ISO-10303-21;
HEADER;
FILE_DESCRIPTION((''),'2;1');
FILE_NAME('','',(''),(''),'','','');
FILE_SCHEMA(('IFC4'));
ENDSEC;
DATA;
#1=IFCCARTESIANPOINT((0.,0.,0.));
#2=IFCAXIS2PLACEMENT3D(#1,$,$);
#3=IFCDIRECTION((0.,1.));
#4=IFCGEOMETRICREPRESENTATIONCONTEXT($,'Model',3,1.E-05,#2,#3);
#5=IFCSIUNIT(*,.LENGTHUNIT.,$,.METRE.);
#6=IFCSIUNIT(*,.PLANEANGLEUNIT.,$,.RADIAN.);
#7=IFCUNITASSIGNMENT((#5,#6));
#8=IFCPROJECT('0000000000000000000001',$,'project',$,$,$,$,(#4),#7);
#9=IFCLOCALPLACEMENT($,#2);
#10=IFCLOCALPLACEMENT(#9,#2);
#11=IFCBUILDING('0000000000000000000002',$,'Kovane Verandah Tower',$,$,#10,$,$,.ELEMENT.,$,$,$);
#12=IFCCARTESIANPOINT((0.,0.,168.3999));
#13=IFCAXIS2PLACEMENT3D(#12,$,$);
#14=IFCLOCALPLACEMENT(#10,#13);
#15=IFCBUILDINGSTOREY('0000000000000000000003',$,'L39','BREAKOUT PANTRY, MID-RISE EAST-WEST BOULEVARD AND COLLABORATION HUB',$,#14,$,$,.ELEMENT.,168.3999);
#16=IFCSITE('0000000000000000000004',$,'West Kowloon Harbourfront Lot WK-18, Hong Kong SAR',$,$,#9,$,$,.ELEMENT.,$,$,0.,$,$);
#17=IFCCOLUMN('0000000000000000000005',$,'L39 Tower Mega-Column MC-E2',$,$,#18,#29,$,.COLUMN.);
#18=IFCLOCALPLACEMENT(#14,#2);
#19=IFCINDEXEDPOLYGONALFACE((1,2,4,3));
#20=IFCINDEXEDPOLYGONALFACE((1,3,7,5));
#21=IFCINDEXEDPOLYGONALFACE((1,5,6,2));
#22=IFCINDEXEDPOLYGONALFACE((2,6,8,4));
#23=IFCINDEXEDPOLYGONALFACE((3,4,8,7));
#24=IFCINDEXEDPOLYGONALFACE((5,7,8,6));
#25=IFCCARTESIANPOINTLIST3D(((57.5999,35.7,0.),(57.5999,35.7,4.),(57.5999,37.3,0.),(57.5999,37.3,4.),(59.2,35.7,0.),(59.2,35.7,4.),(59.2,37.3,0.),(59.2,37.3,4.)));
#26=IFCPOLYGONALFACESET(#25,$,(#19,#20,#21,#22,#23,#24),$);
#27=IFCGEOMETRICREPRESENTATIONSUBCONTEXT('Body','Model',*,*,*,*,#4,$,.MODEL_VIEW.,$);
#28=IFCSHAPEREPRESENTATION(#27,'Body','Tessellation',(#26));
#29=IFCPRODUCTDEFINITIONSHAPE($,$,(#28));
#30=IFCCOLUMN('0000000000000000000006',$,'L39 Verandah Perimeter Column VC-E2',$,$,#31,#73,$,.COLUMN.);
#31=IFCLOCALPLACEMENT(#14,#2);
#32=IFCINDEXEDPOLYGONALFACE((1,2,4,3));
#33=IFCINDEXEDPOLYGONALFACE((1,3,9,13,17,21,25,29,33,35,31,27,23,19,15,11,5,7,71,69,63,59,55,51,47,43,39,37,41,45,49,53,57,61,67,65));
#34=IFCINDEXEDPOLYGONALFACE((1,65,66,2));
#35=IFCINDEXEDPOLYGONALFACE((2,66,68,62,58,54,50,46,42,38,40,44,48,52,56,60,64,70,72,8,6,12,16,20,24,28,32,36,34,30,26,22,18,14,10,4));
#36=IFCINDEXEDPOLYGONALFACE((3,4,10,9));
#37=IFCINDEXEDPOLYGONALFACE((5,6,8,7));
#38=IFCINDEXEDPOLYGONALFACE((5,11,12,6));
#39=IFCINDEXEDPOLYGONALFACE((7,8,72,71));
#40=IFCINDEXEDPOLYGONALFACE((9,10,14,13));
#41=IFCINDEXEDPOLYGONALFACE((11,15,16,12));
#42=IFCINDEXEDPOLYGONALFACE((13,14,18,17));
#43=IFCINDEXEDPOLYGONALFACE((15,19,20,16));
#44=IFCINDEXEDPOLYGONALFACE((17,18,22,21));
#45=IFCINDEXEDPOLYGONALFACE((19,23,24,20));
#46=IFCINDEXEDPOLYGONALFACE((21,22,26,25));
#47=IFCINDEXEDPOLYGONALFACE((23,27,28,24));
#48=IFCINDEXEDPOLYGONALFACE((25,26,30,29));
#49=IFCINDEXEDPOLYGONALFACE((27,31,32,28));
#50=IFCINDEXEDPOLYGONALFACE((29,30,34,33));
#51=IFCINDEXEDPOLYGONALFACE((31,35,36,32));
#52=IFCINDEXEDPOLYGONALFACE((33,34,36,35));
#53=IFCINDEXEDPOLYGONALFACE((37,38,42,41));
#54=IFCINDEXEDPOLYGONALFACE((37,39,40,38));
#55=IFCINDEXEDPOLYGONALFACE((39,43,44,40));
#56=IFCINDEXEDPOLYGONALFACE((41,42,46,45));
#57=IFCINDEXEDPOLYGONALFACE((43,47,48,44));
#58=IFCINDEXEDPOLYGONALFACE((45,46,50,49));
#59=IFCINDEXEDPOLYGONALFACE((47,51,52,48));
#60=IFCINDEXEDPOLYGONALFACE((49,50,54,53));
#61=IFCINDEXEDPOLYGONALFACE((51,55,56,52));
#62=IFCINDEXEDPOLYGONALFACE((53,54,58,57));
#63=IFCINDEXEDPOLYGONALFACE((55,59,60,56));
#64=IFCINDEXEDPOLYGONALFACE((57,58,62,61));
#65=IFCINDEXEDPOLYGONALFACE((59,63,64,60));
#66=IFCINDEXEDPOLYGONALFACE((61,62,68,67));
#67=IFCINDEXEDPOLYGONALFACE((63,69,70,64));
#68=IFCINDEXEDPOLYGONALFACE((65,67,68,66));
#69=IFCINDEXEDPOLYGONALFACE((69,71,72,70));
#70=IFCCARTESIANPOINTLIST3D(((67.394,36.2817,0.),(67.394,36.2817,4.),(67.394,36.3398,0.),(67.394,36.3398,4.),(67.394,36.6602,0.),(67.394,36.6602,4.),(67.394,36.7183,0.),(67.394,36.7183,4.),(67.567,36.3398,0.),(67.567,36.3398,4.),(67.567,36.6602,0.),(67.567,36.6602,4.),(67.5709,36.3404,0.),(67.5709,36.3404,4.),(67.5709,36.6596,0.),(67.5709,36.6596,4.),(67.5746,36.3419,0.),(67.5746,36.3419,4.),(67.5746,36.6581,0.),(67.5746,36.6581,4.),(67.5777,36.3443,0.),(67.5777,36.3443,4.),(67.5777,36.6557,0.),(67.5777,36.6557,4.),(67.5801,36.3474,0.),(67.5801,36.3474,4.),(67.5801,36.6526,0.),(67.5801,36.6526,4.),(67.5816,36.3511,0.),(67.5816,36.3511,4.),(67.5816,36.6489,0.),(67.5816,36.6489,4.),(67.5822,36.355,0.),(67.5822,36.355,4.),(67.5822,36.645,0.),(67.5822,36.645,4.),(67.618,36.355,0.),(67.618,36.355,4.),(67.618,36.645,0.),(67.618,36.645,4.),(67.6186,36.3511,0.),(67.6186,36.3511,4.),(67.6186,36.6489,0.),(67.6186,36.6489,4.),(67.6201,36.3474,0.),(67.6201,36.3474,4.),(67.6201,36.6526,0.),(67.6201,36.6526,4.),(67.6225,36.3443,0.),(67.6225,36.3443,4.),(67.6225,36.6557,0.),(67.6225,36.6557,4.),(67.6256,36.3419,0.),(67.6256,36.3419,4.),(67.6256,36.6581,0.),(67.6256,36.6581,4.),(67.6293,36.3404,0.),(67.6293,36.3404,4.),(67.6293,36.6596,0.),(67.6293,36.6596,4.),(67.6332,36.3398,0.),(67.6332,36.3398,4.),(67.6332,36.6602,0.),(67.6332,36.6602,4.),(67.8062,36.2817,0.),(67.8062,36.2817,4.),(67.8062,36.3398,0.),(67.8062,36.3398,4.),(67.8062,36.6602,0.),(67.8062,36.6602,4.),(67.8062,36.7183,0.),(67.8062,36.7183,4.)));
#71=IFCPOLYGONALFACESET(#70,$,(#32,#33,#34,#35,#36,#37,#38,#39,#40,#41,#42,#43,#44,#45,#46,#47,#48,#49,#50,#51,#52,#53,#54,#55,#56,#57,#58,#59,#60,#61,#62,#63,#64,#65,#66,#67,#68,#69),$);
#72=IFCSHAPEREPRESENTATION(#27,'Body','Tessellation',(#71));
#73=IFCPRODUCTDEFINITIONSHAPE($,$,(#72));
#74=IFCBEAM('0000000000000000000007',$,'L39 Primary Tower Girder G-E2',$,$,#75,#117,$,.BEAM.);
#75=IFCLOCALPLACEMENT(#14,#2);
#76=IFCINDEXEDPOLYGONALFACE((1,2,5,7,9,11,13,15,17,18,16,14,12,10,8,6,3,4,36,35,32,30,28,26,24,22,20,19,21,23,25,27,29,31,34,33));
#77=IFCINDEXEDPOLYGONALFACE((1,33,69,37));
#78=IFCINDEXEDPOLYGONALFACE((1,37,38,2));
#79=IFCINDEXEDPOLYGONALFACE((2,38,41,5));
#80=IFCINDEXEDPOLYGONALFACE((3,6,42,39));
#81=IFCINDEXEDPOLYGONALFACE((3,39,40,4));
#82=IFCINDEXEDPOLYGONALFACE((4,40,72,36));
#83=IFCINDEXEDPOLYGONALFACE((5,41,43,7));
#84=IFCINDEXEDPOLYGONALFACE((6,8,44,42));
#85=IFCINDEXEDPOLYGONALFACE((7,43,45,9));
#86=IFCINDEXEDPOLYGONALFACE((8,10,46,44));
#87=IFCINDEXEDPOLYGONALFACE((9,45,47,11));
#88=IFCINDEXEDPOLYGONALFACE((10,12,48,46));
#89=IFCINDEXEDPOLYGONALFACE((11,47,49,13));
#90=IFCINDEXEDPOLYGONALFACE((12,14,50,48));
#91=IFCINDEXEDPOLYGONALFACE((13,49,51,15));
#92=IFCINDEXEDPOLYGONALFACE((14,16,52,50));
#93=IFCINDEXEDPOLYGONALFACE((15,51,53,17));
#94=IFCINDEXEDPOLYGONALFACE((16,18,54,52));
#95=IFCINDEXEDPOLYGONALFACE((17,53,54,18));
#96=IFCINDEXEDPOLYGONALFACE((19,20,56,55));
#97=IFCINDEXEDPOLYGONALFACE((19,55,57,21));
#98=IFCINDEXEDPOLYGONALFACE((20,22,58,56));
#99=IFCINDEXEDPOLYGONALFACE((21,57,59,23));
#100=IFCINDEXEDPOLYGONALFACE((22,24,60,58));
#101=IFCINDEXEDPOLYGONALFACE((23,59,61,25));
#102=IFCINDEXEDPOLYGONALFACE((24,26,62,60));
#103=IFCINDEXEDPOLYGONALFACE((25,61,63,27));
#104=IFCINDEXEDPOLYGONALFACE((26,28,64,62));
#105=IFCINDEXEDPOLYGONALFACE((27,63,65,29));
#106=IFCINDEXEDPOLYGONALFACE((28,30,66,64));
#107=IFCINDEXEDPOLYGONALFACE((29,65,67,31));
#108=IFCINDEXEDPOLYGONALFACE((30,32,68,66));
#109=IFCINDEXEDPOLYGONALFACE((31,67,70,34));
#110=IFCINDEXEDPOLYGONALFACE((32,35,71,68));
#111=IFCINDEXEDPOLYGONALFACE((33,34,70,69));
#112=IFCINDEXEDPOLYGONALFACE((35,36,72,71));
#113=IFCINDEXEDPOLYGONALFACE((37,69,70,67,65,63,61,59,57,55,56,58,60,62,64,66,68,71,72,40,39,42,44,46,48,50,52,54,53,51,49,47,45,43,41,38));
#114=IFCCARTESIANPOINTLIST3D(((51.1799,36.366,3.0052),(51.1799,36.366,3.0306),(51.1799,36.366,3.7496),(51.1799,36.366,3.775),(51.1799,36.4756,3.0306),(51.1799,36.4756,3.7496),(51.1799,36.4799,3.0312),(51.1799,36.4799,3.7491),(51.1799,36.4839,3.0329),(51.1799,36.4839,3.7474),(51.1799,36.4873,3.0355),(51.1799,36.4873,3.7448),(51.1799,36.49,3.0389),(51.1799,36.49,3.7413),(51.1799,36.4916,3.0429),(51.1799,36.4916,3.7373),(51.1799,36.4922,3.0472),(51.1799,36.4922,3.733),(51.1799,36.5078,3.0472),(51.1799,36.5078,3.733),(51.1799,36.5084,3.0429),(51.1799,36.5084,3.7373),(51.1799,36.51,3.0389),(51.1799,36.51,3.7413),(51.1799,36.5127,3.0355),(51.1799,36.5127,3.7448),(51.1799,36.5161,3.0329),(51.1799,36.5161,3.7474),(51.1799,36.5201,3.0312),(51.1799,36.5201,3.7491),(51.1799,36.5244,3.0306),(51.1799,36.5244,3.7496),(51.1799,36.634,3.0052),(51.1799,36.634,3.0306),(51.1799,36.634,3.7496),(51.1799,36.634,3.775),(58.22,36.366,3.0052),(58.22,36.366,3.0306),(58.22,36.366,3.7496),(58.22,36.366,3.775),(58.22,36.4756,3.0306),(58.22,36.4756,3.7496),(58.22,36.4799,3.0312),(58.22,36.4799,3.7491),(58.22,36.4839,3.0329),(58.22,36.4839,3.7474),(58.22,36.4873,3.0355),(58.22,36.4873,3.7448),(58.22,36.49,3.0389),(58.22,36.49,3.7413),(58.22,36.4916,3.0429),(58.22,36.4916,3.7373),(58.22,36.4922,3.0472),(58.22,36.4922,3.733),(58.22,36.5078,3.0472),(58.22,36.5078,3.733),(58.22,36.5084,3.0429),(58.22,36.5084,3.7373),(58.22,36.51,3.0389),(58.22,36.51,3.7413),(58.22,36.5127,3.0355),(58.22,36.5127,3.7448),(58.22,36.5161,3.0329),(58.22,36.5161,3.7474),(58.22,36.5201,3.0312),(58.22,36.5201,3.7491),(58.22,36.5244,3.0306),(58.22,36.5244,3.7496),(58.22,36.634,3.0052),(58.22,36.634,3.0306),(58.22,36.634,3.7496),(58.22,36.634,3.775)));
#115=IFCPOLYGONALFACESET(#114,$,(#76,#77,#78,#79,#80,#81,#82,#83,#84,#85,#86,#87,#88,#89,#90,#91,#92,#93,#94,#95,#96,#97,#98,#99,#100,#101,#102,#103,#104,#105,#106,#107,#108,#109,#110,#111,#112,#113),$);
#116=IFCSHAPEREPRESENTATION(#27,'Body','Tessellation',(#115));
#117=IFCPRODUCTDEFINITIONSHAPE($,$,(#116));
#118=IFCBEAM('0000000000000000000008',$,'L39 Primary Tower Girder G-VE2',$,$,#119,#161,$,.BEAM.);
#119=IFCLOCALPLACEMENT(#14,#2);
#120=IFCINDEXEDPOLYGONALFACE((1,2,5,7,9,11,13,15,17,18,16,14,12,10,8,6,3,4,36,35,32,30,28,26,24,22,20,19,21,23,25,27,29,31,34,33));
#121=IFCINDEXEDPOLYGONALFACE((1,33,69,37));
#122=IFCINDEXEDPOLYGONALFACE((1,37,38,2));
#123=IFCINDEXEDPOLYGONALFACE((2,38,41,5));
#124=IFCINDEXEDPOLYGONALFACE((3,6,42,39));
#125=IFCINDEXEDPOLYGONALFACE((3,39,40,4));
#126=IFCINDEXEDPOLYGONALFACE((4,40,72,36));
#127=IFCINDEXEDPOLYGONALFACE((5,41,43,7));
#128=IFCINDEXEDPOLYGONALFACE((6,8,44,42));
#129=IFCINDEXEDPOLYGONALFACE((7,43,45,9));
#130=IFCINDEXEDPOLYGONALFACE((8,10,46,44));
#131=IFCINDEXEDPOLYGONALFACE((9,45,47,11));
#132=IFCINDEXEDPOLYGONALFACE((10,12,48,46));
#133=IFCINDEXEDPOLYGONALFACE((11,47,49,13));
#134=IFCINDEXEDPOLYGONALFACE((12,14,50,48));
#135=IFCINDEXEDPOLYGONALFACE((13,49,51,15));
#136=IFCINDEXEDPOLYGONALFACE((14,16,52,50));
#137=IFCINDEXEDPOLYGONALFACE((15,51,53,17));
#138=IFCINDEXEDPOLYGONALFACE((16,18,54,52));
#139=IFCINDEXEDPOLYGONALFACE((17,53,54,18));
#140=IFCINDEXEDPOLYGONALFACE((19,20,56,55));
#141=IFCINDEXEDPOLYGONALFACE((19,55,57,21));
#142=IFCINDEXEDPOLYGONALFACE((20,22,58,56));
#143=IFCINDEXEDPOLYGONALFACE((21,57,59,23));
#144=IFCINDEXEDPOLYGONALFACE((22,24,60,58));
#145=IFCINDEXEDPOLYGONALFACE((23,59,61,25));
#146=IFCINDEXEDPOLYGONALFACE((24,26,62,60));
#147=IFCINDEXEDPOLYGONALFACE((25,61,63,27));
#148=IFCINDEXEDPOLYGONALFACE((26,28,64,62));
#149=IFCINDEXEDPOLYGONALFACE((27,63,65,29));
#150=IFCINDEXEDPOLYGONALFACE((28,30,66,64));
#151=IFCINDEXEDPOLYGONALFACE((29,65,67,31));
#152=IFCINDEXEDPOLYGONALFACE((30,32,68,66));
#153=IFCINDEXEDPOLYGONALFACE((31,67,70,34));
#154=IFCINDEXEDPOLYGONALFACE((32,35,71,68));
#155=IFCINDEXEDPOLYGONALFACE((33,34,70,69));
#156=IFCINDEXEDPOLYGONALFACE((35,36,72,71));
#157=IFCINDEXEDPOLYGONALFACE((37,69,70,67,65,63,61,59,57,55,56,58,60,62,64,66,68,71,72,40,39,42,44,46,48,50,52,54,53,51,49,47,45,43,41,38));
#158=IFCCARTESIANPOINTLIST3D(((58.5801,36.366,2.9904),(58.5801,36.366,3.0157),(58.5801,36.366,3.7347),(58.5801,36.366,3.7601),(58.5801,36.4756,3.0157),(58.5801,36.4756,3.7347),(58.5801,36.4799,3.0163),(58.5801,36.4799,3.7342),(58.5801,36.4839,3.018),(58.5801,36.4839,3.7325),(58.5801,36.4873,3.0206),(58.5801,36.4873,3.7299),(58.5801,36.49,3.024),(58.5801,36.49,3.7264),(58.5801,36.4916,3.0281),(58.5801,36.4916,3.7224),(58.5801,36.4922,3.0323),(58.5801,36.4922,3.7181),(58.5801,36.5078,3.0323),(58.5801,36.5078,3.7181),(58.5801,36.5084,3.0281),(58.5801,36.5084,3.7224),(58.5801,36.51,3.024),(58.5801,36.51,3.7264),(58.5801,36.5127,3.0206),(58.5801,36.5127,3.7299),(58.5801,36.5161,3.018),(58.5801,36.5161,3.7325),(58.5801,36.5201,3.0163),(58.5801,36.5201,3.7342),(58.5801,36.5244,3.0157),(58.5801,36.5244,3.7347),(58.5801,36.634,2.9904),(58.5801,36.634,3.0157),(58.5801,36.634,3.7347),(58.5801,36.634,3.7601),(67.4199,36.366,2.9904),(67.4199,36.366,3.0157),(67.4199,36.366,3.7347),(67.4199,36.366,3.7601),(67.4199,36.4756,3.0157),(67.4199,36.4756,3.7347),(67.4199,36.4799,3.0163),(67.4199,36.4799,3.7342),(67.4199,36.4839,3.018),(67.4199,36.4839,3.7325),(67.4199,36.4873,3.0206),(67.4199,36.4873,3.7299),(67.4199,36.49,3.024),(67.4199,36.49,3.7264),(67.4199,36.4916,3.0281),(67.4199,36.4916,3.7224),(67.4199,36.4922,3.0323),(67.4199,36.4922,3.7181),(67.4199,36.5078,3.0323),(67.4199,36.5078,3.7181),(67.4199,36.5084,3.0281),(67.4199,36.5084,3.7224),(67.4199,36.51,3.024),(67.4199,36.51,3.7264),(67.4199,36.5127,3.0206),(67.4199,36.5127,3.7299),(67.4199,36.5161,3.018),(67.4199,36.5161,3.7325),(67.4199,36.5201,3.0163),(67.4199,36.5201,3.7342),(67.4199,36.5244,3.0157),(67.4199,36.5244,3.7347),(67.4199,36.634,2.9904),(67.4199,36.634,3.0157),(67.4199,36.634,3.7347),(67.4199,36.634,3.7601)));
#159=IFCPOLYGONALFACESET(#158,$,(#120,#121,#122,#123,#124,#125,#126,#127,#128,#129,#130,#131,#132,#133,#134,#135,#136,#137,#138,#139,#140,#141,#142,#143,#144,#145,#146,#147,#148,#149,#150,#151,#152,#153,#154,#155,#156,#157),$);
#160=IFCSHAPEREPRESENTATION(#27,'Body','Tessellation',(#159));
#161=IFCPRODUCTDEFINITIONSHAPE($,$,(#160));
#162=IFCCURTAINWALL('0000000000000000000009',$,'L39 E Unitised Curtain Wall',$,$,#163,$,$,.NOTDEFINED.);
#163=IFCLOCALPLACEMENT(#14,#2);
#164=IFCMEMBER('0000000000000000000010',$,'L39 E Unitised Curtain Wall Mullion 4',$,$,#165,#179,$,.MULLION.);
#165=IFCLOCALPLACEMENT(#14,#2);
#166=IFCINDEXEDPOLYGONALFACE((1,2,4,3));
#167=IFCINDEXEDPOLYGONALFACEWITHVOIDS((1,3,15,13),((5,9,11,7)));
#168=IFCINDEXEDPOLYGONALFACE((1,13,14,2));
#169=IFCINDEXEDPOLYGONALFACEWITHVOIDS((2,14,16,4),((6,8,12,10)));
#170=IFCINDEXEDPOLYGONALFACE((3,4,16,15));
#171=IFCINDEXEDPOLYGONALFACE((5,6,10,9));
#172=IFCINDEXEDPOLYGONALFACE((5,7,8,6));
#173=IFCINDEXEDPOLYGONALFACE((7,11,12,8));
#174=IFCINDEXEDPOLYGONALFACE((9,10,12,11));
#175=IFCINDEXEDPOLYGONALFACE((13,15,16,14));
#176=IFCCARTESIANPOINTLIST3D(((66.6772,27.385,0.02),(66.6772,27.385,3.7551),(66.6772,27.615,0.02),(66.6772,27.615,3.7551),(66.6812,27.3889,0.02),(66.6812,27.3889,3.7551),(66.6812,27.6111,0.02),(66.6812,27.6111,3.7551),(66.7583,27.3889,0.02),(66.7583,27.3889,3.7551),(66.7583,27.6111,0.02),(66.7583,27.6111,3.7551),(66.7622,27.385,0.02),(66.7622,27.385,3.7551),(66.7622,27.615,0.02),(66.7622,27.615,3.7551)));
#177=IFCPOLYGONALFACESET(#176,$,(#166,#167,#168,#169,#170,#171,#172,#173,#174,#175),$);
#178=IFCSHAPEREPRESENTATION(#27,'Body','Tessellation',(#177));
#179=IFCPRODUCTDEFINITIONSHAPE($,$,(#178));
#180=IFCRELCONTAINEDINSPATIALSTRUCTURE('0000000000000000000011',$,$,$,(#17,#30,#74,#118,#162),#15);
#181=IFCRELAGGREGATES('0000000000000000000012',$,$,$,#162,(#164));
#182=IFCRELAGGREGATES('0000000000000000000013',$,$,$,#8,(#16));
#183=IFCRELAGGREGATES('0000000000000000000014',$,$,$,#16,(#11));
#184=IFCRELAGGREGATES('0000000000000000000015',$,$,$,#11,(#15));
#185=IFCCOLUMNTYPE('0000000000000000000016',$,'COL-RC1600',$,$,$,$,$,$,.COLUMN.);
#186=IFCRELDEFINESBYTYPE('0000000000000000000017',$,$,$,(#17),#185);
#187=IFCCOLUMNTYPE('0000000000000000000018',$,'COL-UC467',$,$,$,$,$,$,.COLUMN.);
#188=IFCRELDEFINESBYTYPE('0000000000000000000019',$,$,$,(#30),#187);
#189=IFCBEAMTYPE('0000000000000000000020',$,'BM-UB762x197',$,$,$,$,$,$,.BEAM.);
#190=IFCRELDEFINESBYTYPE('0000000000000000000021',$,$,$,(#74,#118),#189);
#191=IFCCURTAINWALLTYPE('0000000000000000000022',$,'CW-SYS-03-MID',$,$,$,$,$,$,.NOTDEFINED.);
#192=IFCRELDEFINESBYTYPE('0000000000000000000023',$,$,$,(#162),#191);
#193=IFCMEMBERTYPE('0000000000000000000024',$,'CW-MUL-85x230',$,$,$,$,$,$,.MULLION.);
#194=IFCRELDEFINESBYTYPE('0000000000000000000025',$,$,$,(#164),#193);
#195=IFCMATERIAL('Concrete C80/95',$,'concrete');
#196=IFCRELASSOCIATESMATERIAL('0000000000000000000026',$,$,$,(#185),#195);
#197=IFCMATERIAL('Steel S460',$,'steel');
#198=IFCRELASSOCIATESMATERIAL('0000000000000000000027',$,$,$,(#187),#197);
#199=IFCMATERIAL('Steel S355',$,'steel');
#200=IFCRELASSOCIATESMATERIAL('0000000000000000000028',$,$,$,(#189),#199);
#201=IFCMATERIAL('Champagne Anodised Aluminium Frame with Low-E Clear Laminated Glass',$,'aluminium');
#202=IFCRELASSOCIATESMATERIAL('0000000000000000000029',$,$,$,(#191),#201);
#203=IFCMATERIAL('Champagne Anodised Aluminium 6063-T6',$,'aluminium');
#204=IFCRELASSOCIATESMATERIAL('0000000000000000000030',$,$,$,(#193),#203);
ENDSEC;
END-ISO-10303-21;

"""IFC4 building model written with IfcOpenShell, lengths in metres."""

from ifc_helpers import new_model, si_unit, direction, frame, origin, origin_2d, place, context, subcontext, project, spatial, rectangle, hollow_rectangle, i_section, extrude, material, material_profile, profile_set, type_object, element, aggregate, save


model = new_model("IFC4")

# Units and contexts
model_context = context("Model", 3, precision=1e-05, world=origin(), true_north=direction((0.0, 1.0)))
body_context = subcontext(model_context, "Body", "Model", "MODEL_VIEW")
ifc_project = project(units=[si_unit("LENGTHUNIT", "METRE"), si_unit("PLANEANGLEUNIT", "RADIAN")], contexts=[model_context])

# Site, building, storey
site_placement = place(None, origin())
site = spatial("IfcSite", under=ifc_project, at=site_placement, Name="West Kowloon Harbourfront Lot WK-18, Hong Kong SAR", CompositionType="ELEMENT", RefElevation=0.0)
building_placement = place(site_placement, origin())
building = spatial("IfcBuilding", under=site, at=building_placement, Name="Kovane Verandah Tower", CompositionType="ELEMENT")
storey_placement = place(building_placement, frame((0.0, 0.0, 168.3999)))
storey = spatial("IfcBuildingStorey", under=building, at=storey_placement, Name="L39", Description="BREAKOUT PANTRY, MID-RISE EAST-WEST BOULEVARD AND COLLABORATION HUB", CompositionType="ELEMENT", Elevation=168.3999)

# Columns
ifc_material_1 = material(Name="Concrete C80/95", Category="concrete")
ifc_material_profile_1 = material_profile(ifc_material_1, rectangle(XDim=1.6001, YDim=1.6001, at=origin_2d()), Name="RC1600x1600")
ifc_profile_set_1 = profile_set([ifc_material_profile_1], Name="Concrete C80/95")
column_type_1 = type_object("IfcColumnType", Name="COL-RC1600", PredefinedType="COLUMN", material=ifc_profile_set_1)
column_1_placement = place(storey_placement, frame((58.3999, 36.5, 0.0), z_axis=(0.0, 0.0, 1.0), x_axis=(1.0, 0.0, 0.0)))
element("IfcColumn", 1, at=column_1_placement, inside=storey, type_object=column_type_1, Name="L39 Tower Mega-Column MC-E2", PredefinedType="COLUMN", context=body_context, shape_type="SweptSolid", body=[
    extrude(rectangle(XDim=1.6001, YDim=1.6001, at=origin_2d()), origin(), (0.0, 0.0, 1.0), 4.0),
])
ifc_material_2 = material(Name="Steel S460", Category="steel")
ifc_material_profile_2 = material_profile(ifc_material_2, i_section(OverallWidth=0.4121, OverallDepth=0.4365, WebThickness=0.0359, FlangeThickness=0.0581, FilletRadius=0.0151, at=origin_2d()), Name="UC356x406x467")
ifc_profile_set_2 = profile_set([ifc_material_profile_2], Name="Steel S460")
column_type_2 = type_object("IfcColumnType", Name="COL-UC467", PredefinedType="COLUMN", material=ifc_profile_set_2)
column_2_placement = place(storey_placement, frame((67.6001, 36.5, 0.0), z_axis=(0.0, 0.0, 1.0), x_axis=(1.0, 0.0, 0.0)))
element("IfcColumn", 2, at=column_2_placement, inside=storey, type_object=column_type_2, Name="L39 Verandah Perimeter Column VC-E2", PredefinedType="COLUMN", context=body_context, shape_type="SweptSolid", body=[
    extrude(i_section(OverallWidth=0.4121, OverallDepth=0.4365, WebThickness=0.0359, FlangeThickness=0.0581, FilletRadius=0.0151, at=origin_2d()), origin(), (0.0, 0.0, 1.0), 4.0),
])

# Beams
ifc_material_3 = material(Name="Steel S355", Category="steel")
ifc_material_profile_3 = material_profile(ifc_material_3, i_section(OverallWidth=0.2681, OverallDepth=0.7698, WebThickness=0.0156, FlangeThickness=0.0254, FilletRadius=0.0166, at=origin_2d()), Name="UB762x267x197")
ifc_profile_set_3 = profile_set([ifc_material_profile_3], Name="Steel S355")
beam_type_1 = type_object("IfcBeamType", Name="BM-UB762x197", PredefinedType="BEAM", material=ifc_profile_set_3)
beam_1_placement = place(storey_placement, frame((51.1799, 36.5, 3.3901), z_axis=(1.0, 0.0, 0.0), x_axis=(0.0, 1.0, 0.0)))
element("IfcBeam", 3, at=beam_1_placement, inside=storey, type_object=beam_type_1, Name="L39 Primary Tower Girder G-E2", PredefinedType="BEAM", context=body_context, shape_type="SweptSolid", body=[
    extrude(i_section(OverallWidth=0.2681, OverallDepth=0.7698, WebThickness=0.0156, FlangeThickness=0.0254, FilletRadius=0.0166, at=origin_2d()), origin(), (0.0, 0.0, 1.0), 7.04),
])
beam_2_placement = place(storey_placement, frame((58.5801, 36.5, 3.3752), z_axis=(1.0, 0.0, 0.0), x_axis=(0.0, 1.0, 0.0)))
element("IfcBeam", 4, at=beam_2_placement, inside=storey, type_object=beam_type_1, Name="L39 Primary Tower Girder G-VE2", PredefinedType="BEAM", context=body_context, shape_type="SweptSolid", body=[
    extrude(i_section(OverallWidth=0.2681, OverallDepth=0.7698, WebThickness=0.0156, FlangeThickness=0.0254, FilletRadius=0.0166, at=origin_2d()), origin(), (0.0, 0.0, 1.0), 8.8398),
])

# Curtain wall, member
ifc_material_4 = material(Name="Champagne Anodised Aluminium Frame with Low-E Clear Laminated Glass", Category="aluminium")
curtain_wall_type = type_object("IfcCurtainWallType", Name="CW-SYS-03-MID", PredefinedType="NOTDEFINED", material=ifc_material_4)
curtain_wall_placement = place(storey_placement, origin())
curtain_wall = element("IfcCurtainWall", 5, at=curtain_wall_placement, inside=storey, type_object=curtain_wall_type, Name="L39 E Unitised Curtain Wall", PredefinedType="NOTDEFINED")
ifc_material_5 = material(Name="Champagne Anodised Aluminium 6063-T6", Category="aluminium")
ifc_material_profile_4 = material_profile(ifc_material_5, hollow_rectangle(XDim=0.085, YDim=0.23, WallThickness=0.0039, at=origin_2d()), Name="AL85x230x4")
ifc_profile_set_4 = profile_set([ifc_material_profile_4], Name="Champagne Anodised Aluminium 6063-T6")
member_type_1 = type_object("IfcMemberType", Name="CW-MUL-85x230", PredefinedType="MULLION", material=ifc_profile_set_4)
member_1_placement = place(storey_placement, frame((66.7197, 27.5, 0.02), z_axis=(0.0, 0.0, 1.0), x_axis=(1.0, 0.0, 0.0)))
member_1 = element("IfcMember", 6, at=member_1_placement, type_object=member_type_1, Name="L39 E Unitised Curtain Wall Mullion 4", PredefinedType="MULLION", context=body_context, shape_type="SweptSolid", body=[
    extrude(hollow_rectangle(XDim=0.085, YDim=0.23, WallThickness=0.0039, at=origin_2d()), origin(), (0.0, 0.0, 1.0), 3.7351),
])

aggregate(curtain_wall, [member_1])

save(model, "model.ifc")
